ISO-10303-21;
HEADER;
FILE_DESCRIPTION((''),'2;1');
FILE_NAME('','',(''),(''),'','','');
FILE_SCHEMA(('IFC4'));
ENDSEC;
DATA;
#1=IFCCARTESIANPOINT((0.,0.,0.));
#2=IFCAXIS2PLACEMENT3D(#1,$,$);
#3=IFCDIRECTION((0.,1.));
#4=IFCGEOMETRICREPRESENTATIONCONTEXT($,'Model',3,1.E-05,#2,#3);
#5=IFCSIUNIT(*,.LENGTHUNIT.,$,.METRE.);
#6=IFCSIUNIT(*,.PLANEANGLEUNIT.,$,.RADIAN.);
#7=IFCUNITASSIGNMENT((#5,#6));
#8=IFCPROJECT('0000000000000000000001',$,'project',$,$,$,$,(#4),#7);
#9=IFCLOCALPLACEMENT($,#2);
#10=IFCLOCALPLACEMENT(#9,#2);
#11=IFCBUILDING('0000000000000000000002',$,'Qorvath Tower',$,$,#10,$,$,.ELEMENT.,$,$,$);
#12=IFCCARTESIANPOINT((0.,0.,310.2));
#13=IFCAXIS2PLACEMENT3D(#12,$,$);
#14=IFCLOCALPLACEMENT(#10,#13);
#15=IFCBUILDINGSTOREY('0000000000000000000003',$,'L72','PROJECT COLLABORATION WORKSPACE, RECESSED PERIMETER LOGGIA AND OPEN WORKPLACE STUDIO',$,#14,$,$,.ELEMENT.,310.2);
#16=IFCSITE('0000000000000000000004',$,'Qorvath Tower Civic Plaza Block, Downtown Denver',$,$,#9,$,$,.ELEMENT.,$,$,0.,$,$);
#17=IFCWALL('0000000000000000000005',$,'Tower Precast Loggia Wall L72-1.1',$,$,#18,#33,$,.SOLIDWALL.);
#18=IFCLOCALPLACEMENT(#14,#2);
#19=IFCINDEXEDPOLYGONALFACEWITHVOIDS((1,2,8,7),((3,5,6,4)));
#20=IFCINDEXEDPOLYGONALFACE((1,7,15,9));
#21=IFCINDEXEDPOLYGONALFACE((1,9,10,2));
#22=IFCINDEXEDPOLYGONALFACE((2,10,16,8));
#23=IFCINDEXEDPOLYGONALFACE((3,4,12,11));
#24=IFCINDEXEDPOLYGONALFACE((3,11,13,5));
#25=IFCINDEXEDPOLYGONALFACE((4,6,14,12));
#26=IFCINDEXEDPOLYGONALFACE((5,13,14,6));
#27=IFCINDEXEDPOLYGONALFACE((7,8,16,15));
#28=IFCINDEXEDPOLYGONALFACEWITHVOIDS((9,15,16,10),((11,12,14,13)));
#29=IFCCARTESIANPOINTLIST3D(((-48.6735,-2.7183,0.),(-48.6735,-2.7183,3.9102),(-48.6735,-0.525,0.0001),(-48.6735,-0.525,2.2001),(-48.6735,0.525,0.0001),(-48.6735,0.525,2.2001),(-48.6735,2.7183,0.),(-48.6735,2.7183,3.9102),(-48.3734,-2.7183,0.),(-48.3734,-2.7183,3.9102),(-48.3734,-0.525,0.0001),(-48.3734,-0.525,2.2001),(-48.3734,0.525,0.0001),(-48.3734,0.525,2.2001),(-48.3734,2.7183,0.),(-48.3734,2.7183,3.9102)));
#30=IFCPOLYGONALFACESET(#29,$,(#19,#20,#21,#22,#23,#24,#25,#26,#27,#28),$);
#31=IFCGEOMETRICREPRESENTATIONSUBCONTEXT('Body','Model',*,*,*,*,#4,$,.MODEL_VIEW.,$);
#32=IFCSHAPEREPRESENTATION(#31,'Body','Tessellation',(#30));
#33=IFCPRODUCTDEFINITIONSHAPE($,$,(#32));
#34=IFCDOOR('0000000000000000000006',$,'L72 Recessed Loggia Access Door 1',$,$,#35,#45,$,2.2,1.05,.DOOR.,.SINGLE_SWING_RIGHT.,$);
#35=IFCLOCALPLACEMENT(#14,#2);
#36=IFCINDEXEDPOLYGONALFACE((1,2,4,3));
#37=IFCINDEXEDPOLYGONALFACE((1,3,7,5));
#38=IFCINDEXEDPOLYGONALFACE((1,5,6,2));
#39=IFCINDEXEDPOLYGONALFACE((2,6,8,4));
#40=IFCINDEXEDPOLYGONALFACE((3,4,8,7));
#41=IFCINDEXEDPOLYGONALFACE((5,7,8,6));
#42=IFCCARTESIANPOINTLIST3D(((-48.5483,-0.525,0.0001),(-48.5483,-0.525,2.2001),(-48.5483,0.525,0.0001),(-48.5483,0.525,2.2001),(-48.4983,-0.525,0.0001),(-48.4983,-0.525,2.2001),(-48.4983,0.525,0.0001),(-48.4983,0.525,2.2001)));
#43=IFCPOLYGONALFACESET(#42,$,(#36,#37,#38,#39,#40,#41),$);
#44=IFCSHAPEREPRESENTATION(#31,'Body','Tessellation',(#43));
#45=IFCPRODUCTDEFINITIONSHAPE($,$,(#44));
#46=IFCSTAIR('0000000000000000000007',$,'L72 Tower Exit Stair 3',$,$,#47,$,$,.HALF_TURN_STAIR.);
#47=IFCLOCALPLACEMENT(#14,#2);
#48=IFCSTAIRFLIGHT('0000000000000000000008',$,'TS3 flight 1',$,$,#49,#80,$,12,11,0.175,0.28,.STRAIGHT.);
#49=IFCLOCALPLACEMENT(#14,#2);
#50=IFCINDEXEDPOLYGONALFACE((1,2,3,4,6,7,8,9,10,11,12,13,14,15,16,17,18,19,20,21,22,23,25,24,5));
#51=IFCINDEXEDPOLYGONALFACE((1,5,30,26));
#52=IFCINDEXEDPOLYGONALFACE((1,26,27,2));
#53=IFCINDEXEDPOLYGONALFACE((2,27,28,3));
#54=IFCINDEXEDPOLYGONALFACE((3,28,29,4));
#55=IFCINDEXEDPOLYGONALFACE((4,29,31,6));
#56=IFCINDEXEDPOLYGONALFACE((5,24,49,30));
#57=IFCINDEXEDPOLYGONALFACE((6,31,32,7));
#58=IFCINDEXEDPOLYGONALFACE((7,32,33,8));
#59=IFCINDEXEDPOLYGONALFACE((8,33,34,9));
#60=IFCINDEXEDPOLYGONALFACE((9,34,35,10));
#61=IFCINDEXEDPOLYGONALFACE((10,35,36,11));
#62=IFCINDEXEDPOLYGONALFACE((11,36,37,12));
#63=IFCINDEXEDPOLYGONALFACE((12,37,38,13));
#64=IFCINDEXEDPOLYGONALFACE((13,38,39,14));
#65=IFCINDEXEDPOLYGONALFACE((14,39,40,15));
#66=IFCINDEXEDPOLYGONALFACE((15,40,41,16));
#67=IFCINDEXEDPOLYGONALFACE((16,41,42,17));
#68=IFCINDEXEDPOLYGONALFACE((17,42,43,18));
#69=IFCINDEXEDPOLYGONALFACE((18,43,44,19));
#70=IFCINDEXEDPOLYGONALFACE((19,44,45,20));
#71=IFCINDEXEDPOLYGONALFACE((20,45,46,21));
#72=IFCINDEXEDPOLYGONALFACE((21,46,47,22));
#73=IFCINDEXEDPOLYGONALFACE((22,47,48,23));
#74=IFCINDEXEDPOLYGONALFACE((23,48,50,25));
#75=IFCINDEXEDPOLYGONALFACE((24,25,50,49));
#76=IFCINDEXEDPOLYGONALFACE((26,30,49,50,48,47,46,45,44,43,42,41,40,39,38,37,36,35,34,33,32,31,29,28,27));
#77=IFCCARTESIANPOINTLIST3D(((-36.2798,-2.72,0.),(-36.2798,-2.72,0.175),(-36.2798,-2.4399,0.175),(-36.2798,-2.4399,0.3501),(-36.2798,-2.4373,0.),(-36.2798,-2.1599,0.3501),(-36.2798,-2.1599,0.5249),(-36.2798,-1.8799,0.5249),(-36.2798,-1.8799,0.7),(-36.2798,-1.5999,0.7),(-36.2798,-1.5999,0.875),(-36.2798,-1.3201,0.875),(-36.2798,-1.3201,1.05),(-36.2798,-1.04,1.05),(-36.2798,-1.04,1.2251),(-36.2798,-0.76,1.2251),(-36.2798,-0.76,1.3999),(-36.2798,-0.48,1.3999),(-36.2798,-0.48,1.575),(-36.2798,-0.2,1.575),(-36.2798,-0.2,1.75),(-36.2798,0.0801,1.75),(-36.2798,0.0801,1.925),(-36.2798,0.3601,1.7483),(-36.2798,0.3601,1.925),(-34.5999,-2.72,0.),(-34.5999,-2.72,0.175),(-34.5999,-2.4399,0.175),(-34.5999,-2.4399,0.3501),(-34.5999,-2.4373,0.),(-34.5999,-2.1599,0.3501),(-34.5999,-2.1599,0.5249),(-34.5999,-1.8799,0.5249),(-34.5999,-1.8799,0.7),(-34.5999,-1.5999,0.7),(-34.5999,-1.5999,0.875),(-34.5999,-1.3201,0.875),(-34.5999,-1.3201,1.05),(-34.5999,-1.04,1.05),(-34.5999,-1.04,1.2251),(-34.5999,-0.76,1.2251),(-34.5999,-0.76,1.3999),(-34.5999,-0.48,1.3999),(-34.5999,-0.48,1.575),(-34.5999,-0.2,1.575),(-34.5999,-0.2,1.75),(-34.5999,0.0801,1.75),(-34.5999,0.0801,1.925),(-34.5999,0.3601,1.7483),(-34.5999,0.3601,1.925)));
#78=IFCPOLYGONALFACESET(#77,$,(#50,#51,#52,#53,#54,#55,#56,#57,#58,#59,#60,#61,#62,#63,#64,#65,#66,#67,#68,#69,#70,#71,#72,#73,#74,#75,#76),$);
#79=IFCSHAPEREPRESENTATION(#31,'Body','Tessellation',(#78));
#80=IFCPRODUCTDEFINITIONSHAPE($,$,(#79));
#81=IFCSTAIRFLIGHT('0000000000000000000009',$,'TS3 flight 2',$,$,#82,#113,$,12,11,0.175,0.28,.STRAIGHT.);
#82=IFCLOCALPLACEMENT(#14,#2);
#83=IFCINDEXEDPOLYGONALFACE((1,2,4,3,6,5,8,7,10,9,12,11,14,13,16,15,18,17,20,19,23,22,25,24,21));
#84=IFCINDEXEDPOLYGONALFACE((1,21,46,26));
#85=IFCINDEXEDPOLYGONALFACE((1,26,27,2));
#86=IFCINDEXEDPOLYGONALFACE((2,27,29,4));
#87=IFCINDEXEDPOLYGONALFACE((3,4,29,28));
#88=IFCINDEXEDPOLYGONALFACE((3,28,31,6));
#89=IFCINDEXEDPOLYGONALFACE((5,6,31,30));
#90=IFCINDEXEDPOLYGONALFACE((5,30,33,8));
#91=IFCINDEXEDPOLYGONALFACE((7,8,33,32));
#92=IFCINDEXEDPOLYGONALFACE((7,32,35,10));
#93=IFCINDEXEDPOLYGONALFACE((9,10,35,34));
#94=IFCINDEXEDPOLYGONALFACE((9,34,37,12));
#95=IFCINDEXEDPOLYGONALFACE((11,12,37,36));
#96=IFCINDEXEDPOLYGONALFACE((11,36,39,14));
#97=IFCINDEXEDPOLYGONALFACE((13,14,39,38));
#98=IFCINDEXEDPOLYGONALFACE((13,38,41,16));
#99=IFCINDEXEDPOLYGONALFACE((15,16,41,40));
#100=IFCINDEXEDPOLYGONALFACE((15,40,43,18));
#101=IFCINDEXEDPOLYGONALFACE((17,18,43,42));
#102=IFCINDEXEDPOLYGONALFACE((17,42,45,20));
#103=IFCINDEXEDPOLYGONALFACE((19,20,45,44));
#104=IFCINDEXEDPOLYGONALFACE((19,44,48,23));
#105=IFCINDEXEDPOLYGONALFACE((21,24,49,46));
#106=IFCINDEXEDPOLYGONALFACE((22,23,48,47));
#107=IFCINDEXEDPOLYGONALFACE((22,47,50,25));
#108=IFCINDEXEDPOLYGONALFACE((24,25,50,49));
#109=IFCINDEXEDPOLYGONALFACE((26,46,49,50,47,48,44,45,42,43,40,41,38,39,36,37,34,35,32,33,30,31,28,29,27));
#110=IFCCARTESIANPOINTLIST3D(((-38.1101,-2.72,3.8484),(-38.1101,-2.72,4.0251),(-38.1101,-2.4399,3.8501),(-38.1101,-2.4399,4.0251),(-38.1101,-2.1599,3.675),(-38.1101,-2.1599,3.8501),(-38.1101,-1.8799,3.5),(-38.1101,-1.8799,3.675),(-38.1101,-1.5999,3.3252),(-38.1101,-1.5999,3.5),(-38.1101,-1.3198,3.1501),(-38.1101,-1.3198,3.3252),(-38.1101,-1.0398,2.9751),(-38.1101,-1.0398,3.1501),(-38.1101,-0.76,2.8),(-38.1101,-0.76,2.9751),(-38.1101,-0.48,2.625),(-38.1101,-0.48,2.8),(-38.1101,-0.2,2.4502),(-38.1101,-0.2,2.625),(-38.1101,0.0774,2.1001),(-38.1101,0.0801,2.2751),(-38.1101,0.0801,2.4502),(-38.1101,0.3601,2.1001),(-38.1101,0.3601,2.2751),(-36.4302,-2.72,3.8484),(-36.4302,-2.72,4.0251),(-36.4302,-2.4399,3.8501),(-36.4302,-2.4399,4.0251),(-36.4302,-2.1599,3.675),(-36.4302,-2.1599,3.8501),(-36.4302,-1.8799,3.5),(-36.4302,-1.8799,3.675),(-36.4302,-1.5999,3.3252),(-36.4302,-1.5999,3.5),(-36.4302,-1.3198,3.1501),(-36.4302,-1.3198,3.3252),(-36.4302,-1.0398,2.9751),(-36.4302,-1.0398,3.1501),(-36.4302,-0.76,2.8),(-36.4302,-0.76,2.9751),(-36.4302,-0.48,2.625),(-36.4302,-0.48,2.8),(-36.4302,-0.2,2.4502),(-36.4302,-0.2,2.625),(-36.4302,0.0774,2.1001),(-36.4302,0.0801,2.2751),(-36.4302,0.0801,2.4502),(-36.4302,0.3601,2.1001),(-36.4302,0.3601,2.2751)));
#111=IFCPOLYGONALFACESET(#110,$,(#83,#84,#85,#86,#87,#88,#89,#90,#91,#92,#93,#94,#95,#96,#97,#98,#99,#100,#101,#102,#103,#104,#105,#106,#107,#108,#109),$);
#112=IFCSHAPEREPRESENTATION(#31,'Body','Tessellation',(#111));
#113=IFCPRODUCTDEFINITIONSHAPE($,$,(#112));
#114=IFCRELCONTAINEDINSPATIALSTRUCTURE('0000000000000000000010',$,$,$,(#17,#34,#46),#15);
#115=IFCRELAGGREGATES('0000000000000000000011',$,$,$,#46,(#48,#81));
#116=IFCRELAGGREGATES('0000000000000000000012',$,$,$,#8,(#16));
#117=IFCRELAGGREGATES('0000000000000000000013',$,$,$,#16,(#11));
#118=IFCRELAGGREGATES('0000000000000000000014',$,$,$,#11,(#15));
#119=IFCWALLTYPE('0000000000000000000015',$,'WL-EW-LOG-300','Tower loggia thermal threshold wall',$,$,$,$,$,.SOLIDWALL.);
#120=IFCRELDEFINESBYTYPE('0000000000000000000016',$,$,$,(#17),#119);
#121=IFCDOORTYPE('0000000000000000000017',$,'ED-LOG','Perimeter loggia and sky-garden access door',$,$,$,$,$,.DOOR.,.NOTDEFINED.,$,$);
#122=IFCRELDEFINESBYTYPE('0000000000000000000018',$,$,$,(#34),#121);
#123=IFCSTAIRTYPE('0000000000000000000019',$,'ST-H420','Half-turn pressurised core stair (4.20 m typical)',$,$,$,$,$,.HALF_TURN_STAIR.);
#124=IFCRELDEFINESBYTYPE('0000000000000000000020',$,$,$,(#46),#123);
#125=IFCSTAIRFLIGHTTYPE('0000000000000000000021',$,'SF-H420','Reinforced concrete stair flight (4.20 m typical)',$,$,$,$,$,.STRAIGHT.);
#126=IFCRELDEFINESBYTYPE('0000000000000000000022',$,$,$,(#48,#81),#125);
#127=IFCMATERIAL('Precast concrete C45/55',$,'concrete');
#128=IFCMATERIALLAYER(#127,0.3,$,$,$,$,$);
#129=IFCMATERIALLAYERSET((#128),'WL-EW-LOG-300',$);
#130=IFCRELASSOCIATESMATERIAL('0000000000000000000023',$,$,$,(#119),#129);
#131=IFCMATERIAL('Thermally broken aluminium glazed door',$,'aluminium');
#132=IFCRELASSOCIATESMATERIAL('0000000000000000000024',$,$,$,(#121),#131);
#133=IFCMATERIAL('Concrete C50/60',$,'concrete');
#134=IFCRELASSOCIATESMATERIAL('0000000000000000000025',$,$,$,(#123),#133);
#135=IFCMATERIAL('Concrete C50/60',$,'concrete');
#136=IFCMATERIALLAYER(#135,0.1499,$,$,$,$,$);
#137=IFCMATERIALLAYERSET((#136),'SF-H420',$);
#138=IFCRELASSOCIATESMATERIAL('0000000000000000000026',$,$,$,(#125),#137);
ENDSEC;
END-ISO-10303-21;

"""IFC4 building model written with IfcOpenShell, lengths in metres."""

from ifc_helpers import new_model, si_unit, direction, frame, frame_2d, origin, place, context, subcontext, project, spatial, polyline, rectangle, outline, extrude, material, layer, layer_set, type_object, element, fill, aggregate, save


model = new_model("IFC4")

# Units and contexts
model_context = context("Model", 3, precision=1e-05, world=origin(), true_north=direction((0.0, 1.0)))
body_context = subcontext(model_context, "Body", "Model", "MODEL_VIEW")
ifc_project = project(units=[si_unit("LENGTHUNIT", "METRE"), si_unit("PLANEANGLEUNIT", "RADIAN")], contexts=[model_context])

# Site, building, storey
site_placement = place(None, origin())
site = spatial("IfcSite", under=ifc_project, at=site_placement, Name="Qorvath Tower Civic Plaza Block, Downtown Denver", CompositionType="ELEMENT", RefElevation=0.0)
building_placement = place(site_placement, origin())
building = spatial("IfcBuilding", under=site, at=building_placement, Name="Qorvath Tower", CompositionType="ELEMENT")
storey_placement = place(building_placement, frame((0.0, 0.0, 310.2)))
storey = spatial("IfcBuildingStorey", under=building, at=storey_placement, Name="L72", Description="PROJECT COLLABORATION WORKSPACE, RECESSED PERIMETER LOGGIA AND OPEN WORKPLACE STUDIO", CompositionType="ELEMENT", Elevation=310.2)

# Wall, opening, door
ifc_material_1 = material(Name="Precast concrete C45/55", Category="concrete")
ifc_layer_1 = layer(ifc_material_1, 0.3)
ifc_layer_set_1 = layer_set([ifc_layer_1], Name="WL-EW-LOG-300")
wall_type_1 = type_object("IfcWallType", Name="WL-EW-LOG-300", Description="Tower loggia thermal threshold wall", PredefinedType="SOLIDWALL", material=ifc_layer_set_1)
wall_1_placement = place(storey_placement, frame((-48.5234, -2.7183, 0.0), z_axis=(0.0, 0.0, 1.0), x_axis=(0.0, 1.0, 0.0)))
wall_1 = element("IfcWall", 1, at=wall_1_placement, inside=storey, type_object=wall_type_1, Name="Tower Precast Loggia Wall L72-1.1", PredefinedType="SOLIDWALL", context=body_context, shape_type="SweptSolid", body=[
    extrude(rectangle(XDim=5.4365, YDim=0.3, at=frame_2d((2.7183, 0.0))), origin(), (0.0, 0.0, 1.0), 3.9102),
])
opening_1_placement = place(wall_1_placement, frame((2.1934, 0.0, 0.0)))
opening_1 = element("IfcOpeningElement", 2, at=opening_1_placement, cuts=wall_1, PredefinedType="OPENING", context=body_context, shape_type="SweptSolid", body=[
    extrude(rectangle(XDim=1.05, YDim=2.2, at=frame_2d((0.5249, 1.1001))), frame((0.0, 0.1602, 0.0), z_axis=(0.0, -1.0, 0.0), x_axis=(1.0, 0.0, 0.0)), (0.0, 0.0, 1.0), 0.3201),
])
ifc_material_2 = material(Name="Thermally broken aluminium glazed door", Category="aluminium")
door_type_1 = type_object("IfcDoorType", Name="ED-LOG", Description="Perimeter loggia and sky-garden access door", OperationType="NOTDEFINED", PredefinedType="DOOR", material=ifc_material_2)
door_1_placement = place(opening_1_placement, origin())
door_1 = element("IfcDoor", 3, at=door_1_placement, inside=storey, type_object=door_type_1, Name="L72 Recessed Loggia Access Door 1", OperationType="SINGLE_SWING_RIGHT", OverallHeight=2.2, OverallWidth=1.05, PredefinedType="DOOR", context=body_context, shape_type="SweptSolid", body=[
    extrude(rectangle(XDim=1.05, YDim=2.2, at=frame_2d((0.5249, 1.1001))), frame((0.0, 0.0249, 0.0), z_axis=(0.0, -1.0, 0.0), x_axis=(1.0, 0.0, 0.0)), (0.0, 0.0, 1.0), 0.05),
])
fill(opening_1, door_1)

# Stair, stair flights
ifc_material_3 = material(Name="Concrete C50/60", Category="concrete")
stair_type = type_object("IfcStairType", Name="ST-H420", Description="Half-turn pressurised core stair (4.20 m typical)", PredefinedType="HALF_TURN_STAIR", material=ifc_material_3)
stair_placement = place(storey_placement, origin())
stair = element("IfcStair", 4, at=stair_placement, inside=storey, type_object=stair_type, Name="L72 Tower Exit Stair 3", PredefinedType="HALF_TURN_STAIR")
ifc_material_4 = material(Name="Concrete C50/60", Category="concrete")
ifc_layer_2 = layer(ifc_material_4, 0.1499)
ifc_layer_set_2 = layer_set([ifc_layer_2], Name="SF-H420")
stair_flight_type = type_object("IfcStairFlightType", Name="SF-H420", Description="Reinforced concrete stair flight (4.20 m typical)", PredefinedType="STRAIGHT", material=ifc_layer_set_2)
stair_flight_1_placement = place(storey_placement, frame((-35.4399, -2.72, 0.0), z_axis=(0.0, 0.0, 1.0), x_axis=(0.0, 1.0, 0.0)))
stair_flight_1 = element("IfcStairFlight", 5, at=stair_flight_1_placement, type_object=stair_flight_type, Name="TS3 flight 1", NumberOfRisers=12, NumberOfTreads=11, PredefinedType="STRAIGHT", RiserHeight=0.175, TreadLength=0.28, context=body_context, shape_type="SweptSolid", body=[
    extrude(outline(polyline([(0.0, 0.0), (0.0, 0.175), (0.28, 0.175), (0.28, 0.3501), (0.5601, 0.3501), (0.5601, 0.5249), (0.8401, 0.5249), (0.8401, 0.7), (1.1201, 0.7), (1.1201, 0.875), (1.3999, 0.875), (1.3999, 1.05), (1.6799, 1.05), (1.6799, 1.2251), (1.96, 1.2251), (1.96, 1.3999), (2.24, 1.3999), (2.24, 1.575), (2.52, 1.575), (2.52, 1.75), (2.8, 1.75), (2.8, 1.925), (3.0801, 1.925), (3.0801, 2.1001), (3.0801, 1.7483), (0.2827, 0.0), (0.0, 0.0)])), frame((0.0, 0.8398, 0.0), z_axis=(0.0, -1.0, 0.0), x_axis=(1.0, 0.0, 0.0)), (0.0, 0.0, 1.0), 1.6799),
])
stair_flight_2_placement = place(storey_placement, frame((-37.27, 0.3601, 2.1001), z_axis=(0.0, 0.0, 1.0), x_axis=(0.0, -1.0, 0.0)))
stair_flight_2 = element("IfcStairFlight", 6, at=stair_flight_2_placement, type_object=stair_flight_type, Name="TS3 flight 2", NumberOfRisers=12, NumberOfTreads=11, PredefinedType="STRAIGHT", RiserHeight=0.175, TreadLength=0.28, context=body_context, shape_type="SweptSolid", body=[
    extrude(outline(polyline([(0.0, 0.0), (0.0, 0.175), (0.28, 0.175), (0.28, 0.3501), (0.5601, 0.3501), (0.5601, 0.5249), (0.8401, 0.5249), (0.8401, 0.7), (1.1201, 0.7), (1.1201, 0.875), (1.3999, 0.875), (1.3999, 1.05), (1.6799, 1.05), (1.6799, 1.2251), (1.96, 1.2251), (1.96, 1.3999), (2.24, 1.3999), (2.24, 1.575), (2.52, 1.575), (2.52, 1.75), (2.8, 1.75), (2.8, 1.925), (3.0801, 1.925), (3.0801, 2.1001), (3.0801, 1.7483), (0.2827, 0.0), (0.0, 0.0)])), frame((0.0, 0.8398, 0.0), z_axis=(0.0, -1.0, 0.0), x_axis=(1.0, 0.0, 0.0)), (0.0, 0.0, 1.0), 1.6799),
])
aggregate(stair, [stair_flight_1, stair_flight_2])

save(model, "model.ifc")
